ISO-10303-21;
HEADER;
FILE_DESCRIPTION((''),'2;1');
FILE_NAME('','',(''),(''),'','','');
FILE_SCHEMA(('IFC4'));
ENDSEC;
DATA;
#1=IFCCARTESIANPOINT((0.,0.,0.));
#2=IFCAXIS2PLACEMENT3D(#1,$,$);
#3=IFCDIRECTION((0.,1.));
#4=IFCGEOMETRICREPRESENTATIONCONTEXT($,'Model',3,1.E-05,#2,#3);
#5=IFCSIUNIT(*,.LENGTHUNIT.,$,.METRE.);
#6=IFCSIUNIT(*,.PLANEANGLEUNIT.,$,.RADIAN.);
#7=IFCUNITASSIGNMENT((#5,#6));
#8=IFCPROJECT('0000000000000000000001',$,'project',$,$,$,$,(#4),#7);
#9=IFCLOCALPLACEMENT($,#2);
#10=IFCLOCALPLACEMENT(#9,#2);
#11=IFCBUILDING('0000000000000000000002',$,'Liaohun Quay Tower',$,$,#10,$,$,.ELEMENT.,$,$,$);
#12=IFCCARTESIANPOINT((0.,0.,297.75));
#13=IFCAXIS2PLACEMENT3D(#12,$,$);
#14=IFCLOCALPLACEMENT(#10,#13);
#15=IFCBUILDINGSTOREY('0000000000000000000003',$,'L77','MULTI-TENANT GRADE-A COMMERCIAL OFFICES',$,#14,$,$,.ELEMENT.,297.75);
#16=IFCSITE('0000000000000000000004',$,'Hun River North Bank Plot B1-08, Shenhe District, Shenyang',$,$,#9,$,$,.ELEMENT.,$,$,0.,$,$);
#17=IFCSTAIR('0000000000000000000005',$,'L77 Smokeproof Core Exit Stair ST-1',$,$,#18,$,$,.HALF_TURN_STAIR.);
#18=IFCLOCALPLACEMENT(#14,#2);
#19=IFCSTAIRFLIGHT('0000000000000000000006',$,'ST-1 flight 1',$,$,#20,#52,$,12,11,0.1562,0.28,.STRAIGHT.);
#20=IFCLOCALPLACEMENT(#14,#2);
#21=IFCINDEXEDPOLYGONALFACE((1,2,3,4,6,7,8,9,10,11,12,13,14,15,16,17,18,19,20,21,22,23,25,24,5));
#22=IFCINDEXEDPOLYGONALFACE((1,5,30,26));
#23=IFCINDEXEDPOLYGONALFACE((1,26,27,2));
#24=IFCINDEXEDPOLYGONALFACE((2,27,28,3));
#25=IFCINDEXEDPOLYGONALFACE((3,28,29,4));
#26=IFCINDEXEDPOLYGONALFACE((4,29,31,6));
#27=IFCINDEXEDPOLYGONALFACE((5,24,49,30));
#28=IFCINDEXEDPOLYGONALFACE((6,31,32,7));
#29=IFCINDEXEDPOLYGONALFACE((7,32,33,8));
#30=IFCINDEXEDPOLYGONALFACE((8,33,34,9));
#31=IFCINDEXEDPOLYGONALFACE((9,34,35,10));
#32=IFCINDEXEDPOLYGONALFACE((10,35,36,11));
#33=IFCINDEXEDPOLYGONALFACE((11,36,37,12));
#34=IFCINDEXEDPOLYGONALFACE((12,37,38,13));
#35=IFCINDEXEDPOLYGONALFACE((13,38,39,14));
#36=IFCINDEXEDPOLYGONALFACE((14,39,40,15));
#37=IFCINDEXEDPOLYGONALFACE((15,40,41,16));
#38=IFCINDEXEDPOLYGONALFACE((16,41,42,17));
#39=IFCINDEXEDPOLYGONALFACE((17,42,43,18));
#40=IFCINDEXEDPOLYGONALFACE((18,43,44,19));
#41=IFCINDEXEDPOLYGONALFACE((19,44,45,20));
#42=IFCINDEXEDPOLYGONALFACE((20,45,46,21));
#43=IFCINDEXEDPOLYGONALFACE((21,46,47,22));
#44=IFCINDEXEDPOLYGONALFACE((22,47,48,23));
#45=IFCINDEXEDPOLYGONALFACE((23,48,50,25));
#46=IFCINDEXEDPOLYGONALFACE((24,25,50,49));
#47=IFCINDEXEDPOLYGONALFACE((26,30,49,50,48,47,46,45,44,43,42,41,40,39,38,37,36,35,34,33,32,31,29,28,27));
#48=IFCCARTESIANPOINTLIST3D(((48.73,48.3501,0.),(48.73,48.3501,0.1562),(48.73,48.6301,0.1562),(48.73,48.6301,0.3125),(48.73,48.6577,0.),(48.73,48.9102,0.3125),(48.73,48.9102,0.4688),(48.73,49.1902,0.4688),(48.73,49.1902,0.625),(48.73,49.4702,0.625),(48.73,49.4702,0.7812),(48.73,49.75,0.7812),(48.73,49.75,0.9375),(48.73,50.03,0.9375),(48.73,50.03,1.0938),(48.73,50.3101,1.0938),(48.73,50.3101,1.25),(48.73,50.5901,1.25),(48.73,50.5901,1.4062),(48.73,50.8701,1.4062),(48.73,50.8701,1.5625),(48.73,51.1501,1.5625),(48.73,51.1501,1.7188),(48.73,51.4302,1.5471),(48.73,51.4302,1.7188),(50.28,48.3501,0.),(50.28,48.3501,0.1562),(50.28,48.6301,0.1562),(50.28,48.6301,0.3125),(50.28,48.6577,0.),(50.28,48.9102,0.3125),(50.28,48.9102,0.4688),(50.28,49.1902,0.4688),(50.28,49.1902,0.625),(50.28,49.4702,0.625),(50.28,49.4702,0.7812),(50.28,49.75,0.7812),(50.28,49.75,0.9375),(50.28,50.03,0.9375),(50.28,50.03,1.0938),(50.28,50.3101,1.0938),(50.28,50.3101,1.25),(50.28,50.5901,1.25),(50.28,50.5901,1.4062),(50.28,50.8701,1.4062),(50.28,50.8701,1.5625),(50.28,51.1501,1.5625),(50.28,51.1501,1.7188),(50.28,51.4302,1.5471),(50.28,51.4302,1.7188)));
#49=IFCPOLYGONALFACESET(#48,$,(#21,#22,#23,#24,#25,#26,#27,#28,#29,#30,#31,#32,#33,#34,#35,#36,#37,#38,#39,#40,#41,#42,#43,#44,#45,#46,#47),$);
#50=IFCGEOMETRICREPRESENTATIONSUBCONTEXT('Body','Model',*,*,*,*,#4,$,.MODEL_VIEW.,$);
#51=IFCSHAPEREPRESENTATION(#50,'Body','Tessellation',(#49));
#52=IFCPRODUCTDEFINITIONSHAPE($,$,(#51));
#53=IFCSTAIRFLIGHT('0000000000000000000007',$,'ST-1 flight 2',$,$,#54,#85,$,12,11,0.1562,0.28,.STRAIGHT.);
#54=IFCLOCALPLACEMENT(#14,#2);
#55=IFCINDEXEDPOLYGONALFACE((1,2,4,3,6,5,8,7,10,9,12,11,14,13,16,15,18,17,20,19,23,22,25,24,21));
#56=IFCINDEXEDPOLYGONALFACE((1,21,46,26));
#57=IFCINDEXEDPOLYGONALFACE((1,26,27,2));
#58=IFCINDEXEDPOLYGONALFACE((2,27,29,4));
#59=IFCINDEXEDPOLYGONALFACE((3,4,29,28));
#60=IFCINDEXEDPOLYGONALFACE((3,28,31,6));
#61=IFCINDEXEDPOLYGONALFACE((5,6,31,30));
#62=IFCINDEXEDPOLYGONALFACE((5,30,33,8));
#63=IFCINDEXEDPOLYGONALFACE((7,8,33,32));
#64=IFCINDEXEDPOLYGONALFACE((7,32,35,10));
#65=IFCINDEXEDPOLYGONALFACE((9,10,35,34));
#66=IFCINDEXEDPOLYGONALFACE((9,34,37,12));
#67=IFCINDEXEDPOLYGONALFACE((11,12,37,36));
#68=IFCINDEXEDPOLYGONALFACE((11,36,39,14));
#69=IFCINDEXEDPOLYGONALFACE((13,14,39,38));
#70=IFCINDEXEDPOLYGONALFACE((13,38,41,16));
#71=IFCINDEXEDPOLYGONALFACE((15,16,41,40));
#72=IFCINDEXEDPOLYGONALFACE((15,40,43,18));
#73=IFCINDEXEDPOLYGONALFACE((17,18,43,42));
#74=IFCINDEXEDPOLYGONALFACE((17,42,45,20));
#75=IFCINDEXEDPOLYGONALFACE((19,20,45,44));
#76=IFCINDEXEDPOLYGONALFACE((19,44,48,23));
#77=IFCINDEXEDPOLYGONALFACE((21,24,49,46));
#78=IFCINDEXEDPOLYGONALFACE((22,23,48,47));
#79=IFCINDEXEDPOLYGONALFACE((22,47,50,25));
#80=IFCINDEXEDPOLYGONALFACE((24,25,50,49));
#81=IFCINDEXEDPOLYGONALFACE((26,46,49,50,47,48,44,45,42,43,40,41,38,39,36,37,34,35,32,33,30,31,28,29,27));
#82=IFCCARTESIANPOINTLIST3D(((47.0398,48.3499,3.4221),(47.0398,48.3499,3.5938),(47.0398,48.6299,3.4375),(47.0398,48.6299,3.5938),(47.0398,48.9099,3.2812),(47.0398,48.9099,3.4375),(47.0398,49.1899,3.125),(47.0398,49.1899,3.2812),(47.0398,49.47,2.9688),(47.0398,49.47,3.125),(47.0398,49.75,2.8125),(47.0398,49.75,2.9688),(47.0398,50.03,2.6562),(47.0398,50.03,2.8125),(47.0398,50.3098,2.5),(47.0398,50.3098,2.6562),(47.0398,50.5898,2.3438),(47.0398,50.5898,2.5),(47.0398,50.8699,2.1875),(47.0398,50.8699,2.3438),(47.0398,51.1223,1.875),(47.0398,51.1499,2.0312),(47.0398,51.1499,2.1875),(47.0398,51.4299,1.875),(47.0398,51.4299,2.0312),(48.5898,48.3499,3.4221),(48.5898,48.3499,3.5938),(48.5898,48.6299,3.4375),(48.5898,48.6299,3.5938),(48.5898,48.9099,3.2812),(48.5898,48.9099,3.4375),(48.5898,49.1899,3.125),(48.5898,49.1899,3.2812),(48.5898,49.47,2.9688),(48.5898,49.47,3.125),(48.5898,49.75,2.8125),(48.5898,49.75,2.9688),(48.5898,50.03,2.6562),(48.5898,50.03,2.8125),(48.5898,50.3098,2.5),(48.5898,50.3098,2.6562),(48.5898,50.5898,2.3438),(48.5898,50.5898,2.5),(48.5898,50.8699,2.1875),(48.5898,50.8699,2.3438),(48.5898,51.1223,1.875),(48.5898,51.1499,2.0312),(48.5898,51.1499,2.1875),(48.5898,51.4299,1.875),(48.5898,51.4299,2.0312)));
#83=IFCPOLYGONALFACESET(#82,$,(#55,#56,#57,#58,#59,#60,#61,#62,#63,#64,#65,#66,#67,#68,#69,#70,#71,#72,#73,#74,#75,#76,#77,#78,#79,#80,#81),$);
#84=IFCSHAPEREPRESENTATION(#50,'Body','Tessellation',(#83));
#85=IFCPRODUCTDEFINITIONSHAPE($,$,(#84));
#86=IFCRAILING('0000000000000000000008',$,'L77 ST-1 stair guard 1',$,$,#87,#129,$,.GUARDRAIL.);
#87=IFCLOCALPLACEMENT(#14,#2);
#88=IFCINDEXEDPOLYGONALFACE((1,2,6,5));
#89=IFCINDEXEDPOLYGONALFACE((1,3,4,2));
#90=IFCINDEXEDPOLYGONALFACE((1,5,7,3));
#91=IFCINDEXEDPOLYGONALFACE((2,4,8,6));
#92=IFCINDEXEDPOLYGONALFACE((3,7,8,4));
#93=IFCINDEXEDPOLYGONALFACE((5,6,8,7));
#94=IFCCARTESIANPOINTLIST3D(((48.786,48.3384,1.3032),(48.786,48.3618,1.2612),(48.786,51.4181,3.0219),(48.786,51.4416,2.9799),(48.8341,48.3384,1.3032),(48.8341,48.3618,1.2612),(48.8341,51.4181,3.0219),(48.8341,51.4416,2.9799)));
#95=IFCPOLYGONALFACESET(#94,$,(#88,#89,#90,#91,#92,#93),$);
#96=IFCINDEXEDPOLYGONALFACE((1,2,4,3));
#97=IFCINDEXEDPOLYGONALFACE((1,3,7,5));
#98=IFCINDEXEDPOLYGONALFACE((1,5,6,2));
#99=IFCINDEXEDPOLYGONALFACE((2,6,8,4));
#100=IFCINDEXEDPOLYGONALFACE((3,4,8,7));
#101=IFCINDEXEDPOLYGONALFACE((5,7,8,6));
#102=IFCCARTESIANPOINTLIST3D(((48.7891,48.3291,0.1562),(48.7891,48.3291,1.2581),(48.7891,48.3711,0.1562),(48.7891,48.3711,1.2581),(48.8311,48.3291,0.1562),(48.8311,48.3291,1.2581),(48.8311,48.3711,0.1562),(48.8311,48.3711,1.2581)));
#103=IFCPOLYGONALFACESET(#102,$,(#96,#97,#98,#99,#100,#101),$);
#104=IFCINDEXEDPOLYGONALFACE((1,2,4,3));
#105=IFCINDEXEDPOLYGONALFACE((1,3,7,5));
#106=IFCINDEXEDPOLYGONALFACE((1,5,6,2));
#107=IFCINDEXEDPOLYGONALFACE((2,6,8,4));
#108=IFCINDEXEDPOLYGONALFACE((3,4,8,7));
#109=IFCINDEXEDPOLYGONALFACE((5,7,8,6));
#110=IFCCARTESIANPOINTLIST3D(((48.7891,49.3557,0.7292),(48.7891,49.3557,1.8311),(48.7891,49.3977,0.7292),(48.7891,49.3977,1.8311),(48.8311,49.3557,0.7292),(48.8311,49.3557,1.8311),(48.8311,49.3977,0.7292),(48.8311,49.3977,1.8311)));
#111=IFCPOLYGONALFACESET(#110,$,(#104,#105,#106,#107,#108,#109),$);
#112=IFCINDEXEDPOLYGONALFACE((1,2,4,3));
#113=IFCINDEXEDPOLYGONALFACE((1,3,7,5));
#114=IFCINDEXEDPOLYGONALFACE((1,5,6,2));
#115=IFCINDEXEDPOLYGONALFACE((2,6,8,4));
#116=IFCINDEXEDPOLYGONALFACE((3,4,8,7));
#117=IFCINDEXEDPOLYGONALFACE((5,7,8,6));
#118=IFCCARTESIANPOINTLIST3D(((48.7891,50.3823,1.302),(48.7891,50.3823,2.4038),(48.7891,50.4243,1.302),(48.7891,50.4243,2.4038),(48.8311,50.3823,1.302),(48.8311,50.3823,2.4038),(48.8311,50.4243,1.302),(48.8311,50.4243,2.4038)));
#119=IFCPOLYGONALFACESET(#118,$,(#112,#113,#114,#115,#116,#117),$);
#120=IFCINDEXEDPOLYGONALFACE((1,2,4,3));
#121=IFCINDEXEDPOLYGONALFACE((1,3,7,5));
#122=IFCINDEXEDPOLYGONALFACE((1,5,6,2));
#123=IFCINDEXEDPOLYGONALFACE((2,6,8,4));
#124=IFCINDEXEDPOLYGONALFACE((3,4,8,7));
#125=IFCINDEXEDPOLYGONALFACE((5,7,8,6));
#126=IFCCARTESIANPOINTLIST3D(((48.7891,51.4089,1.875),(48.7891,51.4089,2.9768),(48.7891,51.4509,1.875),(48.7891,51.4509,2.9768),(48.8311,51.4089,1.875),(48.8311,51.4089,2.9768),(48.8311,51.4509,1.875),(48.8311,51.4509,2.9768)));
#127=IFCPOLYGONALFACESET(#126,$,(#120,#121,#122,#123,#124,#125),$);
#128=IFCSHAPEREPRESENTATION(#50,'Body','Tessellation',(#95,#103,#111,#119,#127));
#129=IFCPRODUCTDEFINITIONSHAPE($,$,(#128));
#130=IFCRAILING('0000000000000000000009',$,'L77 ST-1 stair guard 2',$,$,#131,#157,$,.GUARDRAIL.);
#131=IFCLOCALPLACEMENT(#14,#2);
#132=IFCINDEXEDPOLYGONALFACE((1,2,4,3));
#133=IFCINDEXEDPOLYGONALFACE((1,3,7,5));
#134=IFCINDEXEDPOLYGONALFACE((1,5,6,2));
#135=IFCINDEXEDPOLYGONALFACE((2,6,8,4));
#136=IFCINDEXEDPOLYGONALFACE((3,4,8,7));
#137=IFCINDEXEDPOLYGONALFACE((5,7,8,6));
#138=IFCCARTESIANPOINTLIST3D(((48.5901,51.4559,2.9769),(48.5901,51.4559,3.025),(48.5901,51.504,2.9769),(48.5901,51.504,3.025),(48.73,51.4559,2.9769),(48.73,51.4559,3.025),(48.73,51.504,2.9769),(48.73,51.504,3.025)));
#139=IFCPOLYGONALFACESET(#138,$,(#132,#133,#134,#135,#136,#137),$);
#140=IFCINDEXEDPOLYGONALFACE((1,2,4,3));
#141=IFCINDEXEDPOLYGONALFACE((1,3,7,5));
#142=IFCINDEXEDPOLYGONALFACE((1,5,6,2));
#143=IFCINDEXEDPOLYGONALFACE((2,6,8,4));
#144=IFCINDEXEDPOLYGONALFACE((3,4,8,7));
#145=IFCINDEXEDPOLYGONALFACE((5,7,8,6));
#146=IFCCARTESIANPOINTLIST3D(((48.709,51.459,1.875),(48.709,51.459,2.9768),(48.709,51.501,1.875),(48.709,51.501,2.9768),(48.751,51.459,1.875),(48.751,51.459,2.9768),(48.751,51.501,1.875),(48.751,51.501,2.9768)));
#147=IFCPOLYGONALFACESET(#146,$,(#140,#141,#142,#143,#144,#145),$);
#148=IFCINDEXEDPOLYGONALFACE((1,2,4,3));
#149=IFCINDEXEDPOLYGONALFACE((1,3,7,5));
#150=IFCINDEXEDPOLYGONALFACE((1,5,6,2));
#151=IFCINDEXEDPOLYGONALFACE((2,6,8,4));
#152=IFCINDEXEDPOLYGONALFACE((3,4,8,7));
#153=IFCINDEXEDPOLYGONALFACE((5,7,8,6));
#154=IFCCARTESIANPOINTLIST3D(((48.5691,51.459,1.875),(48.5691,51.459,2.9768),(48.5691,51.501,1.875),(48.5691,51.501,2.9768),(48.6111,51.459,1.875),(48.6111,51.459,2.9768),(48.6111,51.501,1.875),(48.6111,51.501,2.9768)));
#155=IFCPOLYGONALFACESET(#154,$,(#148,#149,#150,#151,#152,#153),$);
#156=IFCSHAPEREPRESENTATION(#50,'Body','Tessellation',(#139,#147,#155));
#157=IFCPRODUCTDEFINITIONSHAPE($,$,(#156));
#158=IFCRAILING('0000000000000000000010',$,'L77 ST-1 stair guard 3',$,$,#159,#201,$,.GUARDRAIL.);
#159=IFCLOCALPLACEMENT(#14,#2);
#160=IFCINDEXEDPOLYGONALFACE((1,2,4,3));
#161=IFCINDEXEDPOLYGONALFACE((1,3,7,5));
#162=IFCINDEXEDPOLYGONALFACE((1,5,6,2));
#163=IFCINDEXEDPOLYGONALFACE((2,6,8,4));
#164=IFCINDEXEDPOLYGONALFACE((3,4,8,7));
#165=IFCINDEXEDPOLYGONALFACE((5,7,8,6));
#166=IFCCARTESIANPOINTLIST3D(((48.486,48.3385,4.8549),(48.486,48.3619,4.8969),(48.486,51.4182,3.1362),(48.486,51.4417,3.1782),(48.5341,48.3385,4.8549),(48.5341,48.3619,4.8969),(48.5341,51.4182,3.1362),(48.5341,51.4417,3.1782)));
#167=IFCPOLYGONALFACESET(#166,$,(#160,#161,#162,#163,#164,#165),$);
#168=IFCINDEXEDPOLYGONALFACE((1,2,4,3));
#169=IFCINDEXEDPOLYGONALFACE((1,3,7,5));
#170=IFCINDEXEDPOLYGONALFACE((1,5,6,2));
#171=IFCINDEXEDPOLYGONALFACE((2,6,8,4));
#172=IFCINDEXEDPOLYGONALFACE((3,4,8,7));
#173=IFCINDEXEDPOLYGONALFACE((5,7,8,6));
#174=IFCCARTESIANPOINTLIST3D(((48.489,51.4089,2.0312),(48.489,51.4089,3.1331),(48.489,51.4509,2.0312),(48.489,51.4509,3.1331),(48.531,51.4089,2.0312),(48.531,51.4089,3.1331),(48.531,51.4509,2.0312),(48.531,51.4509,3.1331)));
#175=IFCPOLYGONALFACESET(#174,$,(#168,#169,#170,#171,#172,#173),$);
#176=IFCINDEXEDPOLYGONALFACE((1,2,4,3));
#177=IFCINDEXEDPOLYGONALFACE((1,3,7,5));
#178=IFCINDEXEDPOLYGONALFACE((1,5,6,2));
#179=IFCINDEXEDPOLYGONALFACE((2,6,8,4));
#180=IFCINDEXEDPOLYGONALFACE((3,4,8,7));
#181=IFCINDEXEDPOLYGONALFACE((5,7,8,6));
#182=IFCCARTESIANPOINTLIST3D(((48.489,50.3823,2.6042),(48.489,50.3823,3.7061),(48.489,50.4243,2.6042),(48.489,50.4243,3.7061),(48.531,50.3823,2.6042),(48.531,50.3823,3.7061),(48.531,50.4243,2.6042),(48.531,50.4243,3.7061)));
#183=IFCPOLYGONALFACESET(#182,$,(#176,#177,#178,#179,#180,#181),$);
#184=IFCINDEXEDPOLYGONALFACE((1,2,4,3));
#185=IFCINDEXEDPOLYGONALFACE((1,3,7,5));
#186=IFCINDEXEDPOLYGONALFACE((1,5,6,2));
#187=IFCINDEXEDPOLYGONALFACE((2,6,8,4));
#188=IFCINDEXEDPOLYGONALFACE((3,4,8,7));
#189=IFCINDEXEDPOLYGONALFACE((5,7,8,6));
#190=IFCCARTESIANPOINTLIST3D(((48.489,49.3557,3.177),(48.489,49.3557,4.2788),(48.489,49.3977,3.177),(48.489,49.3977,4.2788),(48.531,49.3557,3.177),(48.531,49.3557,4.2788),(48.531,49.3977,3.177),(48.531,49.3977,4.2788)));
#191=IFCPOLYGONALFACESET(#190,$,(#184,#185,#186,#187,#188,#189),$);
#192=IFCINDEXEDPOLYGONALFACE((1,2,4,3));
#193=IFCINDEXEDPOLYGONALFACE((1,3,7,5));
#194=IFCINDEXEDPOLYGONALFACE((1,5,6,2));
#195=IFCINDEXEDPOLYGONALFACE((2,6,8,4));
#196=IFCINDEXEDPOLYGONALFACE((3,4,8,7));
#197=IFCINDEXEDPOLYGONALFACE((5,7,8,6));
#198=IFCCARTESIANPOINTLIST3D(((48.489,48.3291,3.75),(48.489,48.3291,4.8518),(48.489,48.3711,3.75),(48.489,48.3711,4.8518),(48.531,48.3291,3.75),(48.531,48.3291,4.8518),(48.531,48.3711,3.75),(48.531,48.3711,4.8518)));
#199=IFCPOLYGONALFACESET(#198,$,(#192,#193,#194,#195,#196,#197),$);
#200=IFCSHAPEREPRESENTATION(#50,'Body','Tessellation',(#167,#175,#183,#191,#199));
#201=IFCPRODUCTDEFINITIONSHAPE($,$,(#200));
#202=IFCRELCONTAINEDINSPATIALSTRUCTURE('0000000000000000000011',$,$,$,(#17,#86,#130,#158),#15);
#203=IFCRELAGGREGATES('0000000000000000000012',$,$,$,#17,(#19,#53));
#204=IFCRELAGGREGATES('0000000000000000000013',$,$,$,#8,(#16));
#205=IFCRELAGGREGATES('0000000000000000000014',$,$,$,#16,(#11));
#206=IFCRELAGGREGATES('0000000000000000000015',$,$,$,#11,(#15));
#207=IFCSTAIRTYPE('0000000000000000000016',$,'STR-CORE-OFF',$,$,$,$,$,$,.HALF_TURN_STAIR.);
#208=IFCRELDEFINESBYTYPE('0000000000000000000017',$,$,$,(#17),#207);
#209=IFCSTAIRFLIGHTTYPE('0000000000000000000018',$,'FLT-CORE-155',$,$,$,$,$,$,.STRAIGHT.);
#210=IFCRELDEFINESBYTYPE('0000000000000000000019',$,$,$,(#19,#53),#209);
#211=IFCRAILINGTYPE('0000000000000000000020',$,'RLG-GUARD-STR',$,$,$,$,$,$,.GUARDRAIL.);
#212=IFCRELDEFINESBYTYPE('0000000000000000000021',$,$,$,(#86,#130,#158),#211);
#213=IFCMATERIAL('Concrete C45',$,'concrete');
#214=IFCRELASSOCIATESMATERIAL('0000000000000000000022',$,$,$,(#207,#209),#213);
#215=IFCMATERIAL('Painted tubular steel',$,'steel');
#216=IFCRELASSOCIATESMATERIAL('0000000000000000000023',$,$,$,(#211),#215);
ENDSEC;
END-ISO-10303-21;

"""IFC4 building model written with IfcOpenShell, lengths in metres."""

from ifc_helpers import new_model, si_unit, direction, frame, origin, origin_2d, place, context, subcontext, project, spatial, polyline, rectangle, outline, extrude, material, type_object, element, aggregate, save


model = new_model("IFC4")

# Units and contexts
model_context = context("Model", 3, precision=1e-05, world=origin(), true_north=direction((0.0, 1.0)))
body_context = subcontext(model_context, "Body", "Model", "MODEL_VIEW")
ifc_project = project(units=[si_unit("LENGTHUNIT", "METRE"), si_unit("PLANEANGLEUNIT", "RADIAN")], contexts=[model_context])

# Site, building, storey
site_placement = place(None, origin())
site = spatial("IfcSite", under=ifc_project, at=site_placement, Name="Hun River North Bank Plot B1-08, Shenhe District, Shenyang", CompositionType="ELEMENT", RefElevation=0.0)
building_placement = place(site_placement, origin())
building = spatial("IfcBuilding", under=site, at=building_placement, Name="Liaohun Quay Tower", CompositionType="ELEMENT")
storey_placement = place(building_placement, frame((0.0, 0.0, 297.75)))
storey = spatial("IfcBuildingStorey", under=building, at=storey_placement, Name="L77", Description="MULTI-TENANT GRADE-A COMMERCIAL OFFICES", CompositionType="ELEMENT", Elevation=297.75)

# Stair
ifc_material_1 = material(Name="Concrete C45", Category="concrete")
stair_type = type_object("IfcStairType", Name="STR-CORE-OFF", PredefinedType="HALF_TURN_STAIR", material=ifc_material_1)
stair_1_placement = place(storey_placement, origin())
stair_1 = element("IfcStair", 1, at=stair_1_placement, inside=storey, type_object=stair_type, Name="L77 Smokeproof Core Exit Stair ST-1", PredefinedType="HALF_TURN_STAIR")

# Stair flights
stair_flight_type = type_object("IfcStairFlightType", Name="FLT-CORE-155", PredefinedType="STRAIGHT", material=ifc_material_1)
stair_flight_1_placement = place(storey_placement, frame((49.5049, 48.3501, 0.0), z_axis=(0.0, 0.0, 1.0), x_axis=(0.0, 1.0, 0.0)))
stair_flight_1 = element("IfcStairFlight", 2, at=stair_flight_1_placement, type_object=stair_flight_type, Name="ST-1 flight 1", NumberOfRisers=12, NumberOfTreads=11, PredefinedType="STRAIGHT", RiserHeight=0.1562, TreadLength=0.28, context=body_context, shape_type="SweptSolid", body=[
    extrude(outline(polyline([(0.0, 0.0), (0.0, 0.1562), (0.28, 0.1562), (0.28, 0.3125), (0.5601, 0.3125), (0.5601, 0.4688), (0.8401, 0.4688), (0.8401, 0.625), (1.1201, 0.625), (1.1201, 0.7812), (1.3999, 0.7812), (1.3999, 0.9375), (1.6799, 0.9375), (1.6799, 1.0938), (1.96, 1.0938), (1.96, 1.25), (2.24, 1.25), (2.24, 1.4062), (2.52, 1.4062), (2.52, 1.5625), (2.8, 1.5625), (2.8, 1.7188), (3.0801, 1.7188), (3.0801, 1.875), (3.0801, 1.5471), (0.3076, 0.0), (0.0, 0.0)])), frame((0.0, 0.7749, 0.0), z_axis=(0.0, -1.0, 0.0), x_axis=(1.0, 0.0, 0.0)), (0.0, 0.0, 1.0), 1.55),
])
stair_flight_2_placement = place(storey_placement, frame((47.8149, 51.4299, 1.875), z_axis=(0.0, 0.0, 1.0), x_axis=(0.0, -1.0, 0.0)))
stair_flight_2 = element("IfcStairFlight", 3, at=stair_flight_2_placement, type_object=stair_flight_type, Name="ST-1 flight 2", NumberOfRisers=12, NumberOfTreads=11, PredefinedType="STRAIGHT", RiserHeight=0.1562, TreadLength=0.28, context=body_context, shape_type="SweptSolid", body=[
    extrude(outline(polyline([(0.0, 0.0), (0.0, 0.1562), (0.28, 0.1562), (0.28, 0.3125), (0.5601, 0.3125), (0.5601, 0.4688), (0.8401, 0.4688), (0.8401, 0.625), (1.1201, 0.625), (1.1201, 0.7812), (1.3999, 0.7812), (1.3999, 0.9375), (1.6799, 0.9375), (1.6799, 1.0938), (1.96, 1.0938), (1.96, 1.25), (2.24, 1.25), (2.24, 1.4062), (2.52, 1.4062), (2.52, 1.5625), (2.8, 1.5625), (2.8, 1.7188), (3.0801, 1.7188), (3.0801, 1.875), (3.0801, 1.5471), (0.3076, 0.0), (0.0, 0.0)])), frame((0.0, 0.7749, 0.0), z_axis=(0.0, -1.0, 0.0), x_axis=(1.0, 0.0, 0.0)), (0.0, 0.0, 1.0), 1.55),
])
aggregate(stair_1, [stair_flight_1, stair_flight_2])

# Railings
ifc_material_2 = material(Name="Painted tubular steel", Category="steel")
railing_type_1 = type_object("IfcRailingType", Name="RLG-GUARD-STR", PredefinedType="GUARDRAIL", material=ifc_material_2)
railing_1_placement = place(storey_placement, frame((48.8101, 48.3501, 0.1562)))
element("IfcRailing", 4, at=railing_1_placement, inside=storey, type_object=railing_type_1, Name="L77 ST-1 stair guard 1", PredefinedType="GUARDRAIL", context=body_context, shape_type="SweptSolid", body=[
    extrude(rectangle(XDim=0.0481, YDim=0.0481, at=origin_2d()), frame((0.0, 0.0, 1.126), z_axis=(0.0, 0.873225, 0.487317), x_axis=(-1.0, 0.0, 0.0)), (0.0, 0.0, 1.0), 3.5269),
    extrude(rectangle(XDim=0.042, YDim=0.042, at=origin_2d()), origin(), (0.0, 0.0, 1.0), 1.1018),
    extrude(rectangle(XDim=0.042, YDim=0.042, at=origin_2d()), frame((0.0, 1.0266, 0.573)), (0.0, 0.0, 1.0), 1.1018),
    extrude(rectangle(XDim=0.042, YDim=0.042, at=origin_2d()), frame((0.0, 2.0532, 1.1458)), (0.0, 0.0, 1.0), 1.1018),
    extrude(rectangle(XDim=0.042, YDim=0.042, at=origin_2d()), frame((0.0, 3.0798, 1.7188)), (0.0, 0.0, 1.0), 1.1018),
])
railing_2_placement = place(storey_placement, frame((48.73, 51.48, 1.875)))
element("IfcRailing", 5, at=railing_2_placement, inside=storey, type_object=railing_type_1, Name="L77 ST-1 stair guard 2", PredefinedType="GUARDRAIL", context=body_context, shape_type="SweptSolid", body=[
    extrude(rectangle(XDim=0.0481, YDim=0.0481, at=origin_2d()), frame((0.0, 0.0, 1.126), z_axis=(-1.0, 0.0, 0.0), x_axis=(0.0, -1.0, 0.0)), (0.0, 0.0, 1.0), 0.1399),
    extrude(rectangle(XDim=0.042, YDim=0.042, at=origin_2d()), origin(), (0.0, 0.0, 1.0), 1.1018),
    extrude(rectangle(XDim=0.042, YDim=0.042, at=origin_2d()), frame((-0.1399, 0.0, 0.0)), (0.0, 0.0, 1.0), 1.1018),
])
railing_3_placement = place(storey_placement, frame((48.51, 51.4299, 2.0312)))
element("IfcRailing", 6, at=railing_3_placement, inside=storey, type_object=railing_type_1, Name="L77 ST-1 stair guard 3", PredefinedType="GUARDRAIL", context=body_context, shape_type="SweptSolid", body=[
    extrude(rectangle(XDim=0.0481, YDim=0.0481, at=origin_2d()), frame((0.0, 0.0, 1.126), z_axis=(0.0, -0.873225, 0.487317), x_axis=(1.0, 0.0, 0.0)), (0.0, 0.0, 1.0), 3.5269),
    extrude(rectangle(XDim=0.042, YDim=0.042, at=origin_2d()), origin(), (0.0, 0.0, 1.0), 1.1018),
    extrude(rectangle(XDim=0.042, YDim=0.042, at=origin_2d()), frame((0.0, -1.0266, 0.573)), (0.0, 0.0, 1.0), 1.1018),
    extrude(rectangle(XDim=0.042, YDim=0.042, at=origin_2d()), frame((0.0, -2.0532, 1.1458)), (0.0, 0.0, 1.0), 1.1018),
    extrude(rectangle(XDim=0.042, YDim=0.042, at=origin_2d()), frame((0.0, -3.0798, 1.7188)), (0.0, 0.0, 1.0), 1.1018),
])

save(model, "model.ifc")
